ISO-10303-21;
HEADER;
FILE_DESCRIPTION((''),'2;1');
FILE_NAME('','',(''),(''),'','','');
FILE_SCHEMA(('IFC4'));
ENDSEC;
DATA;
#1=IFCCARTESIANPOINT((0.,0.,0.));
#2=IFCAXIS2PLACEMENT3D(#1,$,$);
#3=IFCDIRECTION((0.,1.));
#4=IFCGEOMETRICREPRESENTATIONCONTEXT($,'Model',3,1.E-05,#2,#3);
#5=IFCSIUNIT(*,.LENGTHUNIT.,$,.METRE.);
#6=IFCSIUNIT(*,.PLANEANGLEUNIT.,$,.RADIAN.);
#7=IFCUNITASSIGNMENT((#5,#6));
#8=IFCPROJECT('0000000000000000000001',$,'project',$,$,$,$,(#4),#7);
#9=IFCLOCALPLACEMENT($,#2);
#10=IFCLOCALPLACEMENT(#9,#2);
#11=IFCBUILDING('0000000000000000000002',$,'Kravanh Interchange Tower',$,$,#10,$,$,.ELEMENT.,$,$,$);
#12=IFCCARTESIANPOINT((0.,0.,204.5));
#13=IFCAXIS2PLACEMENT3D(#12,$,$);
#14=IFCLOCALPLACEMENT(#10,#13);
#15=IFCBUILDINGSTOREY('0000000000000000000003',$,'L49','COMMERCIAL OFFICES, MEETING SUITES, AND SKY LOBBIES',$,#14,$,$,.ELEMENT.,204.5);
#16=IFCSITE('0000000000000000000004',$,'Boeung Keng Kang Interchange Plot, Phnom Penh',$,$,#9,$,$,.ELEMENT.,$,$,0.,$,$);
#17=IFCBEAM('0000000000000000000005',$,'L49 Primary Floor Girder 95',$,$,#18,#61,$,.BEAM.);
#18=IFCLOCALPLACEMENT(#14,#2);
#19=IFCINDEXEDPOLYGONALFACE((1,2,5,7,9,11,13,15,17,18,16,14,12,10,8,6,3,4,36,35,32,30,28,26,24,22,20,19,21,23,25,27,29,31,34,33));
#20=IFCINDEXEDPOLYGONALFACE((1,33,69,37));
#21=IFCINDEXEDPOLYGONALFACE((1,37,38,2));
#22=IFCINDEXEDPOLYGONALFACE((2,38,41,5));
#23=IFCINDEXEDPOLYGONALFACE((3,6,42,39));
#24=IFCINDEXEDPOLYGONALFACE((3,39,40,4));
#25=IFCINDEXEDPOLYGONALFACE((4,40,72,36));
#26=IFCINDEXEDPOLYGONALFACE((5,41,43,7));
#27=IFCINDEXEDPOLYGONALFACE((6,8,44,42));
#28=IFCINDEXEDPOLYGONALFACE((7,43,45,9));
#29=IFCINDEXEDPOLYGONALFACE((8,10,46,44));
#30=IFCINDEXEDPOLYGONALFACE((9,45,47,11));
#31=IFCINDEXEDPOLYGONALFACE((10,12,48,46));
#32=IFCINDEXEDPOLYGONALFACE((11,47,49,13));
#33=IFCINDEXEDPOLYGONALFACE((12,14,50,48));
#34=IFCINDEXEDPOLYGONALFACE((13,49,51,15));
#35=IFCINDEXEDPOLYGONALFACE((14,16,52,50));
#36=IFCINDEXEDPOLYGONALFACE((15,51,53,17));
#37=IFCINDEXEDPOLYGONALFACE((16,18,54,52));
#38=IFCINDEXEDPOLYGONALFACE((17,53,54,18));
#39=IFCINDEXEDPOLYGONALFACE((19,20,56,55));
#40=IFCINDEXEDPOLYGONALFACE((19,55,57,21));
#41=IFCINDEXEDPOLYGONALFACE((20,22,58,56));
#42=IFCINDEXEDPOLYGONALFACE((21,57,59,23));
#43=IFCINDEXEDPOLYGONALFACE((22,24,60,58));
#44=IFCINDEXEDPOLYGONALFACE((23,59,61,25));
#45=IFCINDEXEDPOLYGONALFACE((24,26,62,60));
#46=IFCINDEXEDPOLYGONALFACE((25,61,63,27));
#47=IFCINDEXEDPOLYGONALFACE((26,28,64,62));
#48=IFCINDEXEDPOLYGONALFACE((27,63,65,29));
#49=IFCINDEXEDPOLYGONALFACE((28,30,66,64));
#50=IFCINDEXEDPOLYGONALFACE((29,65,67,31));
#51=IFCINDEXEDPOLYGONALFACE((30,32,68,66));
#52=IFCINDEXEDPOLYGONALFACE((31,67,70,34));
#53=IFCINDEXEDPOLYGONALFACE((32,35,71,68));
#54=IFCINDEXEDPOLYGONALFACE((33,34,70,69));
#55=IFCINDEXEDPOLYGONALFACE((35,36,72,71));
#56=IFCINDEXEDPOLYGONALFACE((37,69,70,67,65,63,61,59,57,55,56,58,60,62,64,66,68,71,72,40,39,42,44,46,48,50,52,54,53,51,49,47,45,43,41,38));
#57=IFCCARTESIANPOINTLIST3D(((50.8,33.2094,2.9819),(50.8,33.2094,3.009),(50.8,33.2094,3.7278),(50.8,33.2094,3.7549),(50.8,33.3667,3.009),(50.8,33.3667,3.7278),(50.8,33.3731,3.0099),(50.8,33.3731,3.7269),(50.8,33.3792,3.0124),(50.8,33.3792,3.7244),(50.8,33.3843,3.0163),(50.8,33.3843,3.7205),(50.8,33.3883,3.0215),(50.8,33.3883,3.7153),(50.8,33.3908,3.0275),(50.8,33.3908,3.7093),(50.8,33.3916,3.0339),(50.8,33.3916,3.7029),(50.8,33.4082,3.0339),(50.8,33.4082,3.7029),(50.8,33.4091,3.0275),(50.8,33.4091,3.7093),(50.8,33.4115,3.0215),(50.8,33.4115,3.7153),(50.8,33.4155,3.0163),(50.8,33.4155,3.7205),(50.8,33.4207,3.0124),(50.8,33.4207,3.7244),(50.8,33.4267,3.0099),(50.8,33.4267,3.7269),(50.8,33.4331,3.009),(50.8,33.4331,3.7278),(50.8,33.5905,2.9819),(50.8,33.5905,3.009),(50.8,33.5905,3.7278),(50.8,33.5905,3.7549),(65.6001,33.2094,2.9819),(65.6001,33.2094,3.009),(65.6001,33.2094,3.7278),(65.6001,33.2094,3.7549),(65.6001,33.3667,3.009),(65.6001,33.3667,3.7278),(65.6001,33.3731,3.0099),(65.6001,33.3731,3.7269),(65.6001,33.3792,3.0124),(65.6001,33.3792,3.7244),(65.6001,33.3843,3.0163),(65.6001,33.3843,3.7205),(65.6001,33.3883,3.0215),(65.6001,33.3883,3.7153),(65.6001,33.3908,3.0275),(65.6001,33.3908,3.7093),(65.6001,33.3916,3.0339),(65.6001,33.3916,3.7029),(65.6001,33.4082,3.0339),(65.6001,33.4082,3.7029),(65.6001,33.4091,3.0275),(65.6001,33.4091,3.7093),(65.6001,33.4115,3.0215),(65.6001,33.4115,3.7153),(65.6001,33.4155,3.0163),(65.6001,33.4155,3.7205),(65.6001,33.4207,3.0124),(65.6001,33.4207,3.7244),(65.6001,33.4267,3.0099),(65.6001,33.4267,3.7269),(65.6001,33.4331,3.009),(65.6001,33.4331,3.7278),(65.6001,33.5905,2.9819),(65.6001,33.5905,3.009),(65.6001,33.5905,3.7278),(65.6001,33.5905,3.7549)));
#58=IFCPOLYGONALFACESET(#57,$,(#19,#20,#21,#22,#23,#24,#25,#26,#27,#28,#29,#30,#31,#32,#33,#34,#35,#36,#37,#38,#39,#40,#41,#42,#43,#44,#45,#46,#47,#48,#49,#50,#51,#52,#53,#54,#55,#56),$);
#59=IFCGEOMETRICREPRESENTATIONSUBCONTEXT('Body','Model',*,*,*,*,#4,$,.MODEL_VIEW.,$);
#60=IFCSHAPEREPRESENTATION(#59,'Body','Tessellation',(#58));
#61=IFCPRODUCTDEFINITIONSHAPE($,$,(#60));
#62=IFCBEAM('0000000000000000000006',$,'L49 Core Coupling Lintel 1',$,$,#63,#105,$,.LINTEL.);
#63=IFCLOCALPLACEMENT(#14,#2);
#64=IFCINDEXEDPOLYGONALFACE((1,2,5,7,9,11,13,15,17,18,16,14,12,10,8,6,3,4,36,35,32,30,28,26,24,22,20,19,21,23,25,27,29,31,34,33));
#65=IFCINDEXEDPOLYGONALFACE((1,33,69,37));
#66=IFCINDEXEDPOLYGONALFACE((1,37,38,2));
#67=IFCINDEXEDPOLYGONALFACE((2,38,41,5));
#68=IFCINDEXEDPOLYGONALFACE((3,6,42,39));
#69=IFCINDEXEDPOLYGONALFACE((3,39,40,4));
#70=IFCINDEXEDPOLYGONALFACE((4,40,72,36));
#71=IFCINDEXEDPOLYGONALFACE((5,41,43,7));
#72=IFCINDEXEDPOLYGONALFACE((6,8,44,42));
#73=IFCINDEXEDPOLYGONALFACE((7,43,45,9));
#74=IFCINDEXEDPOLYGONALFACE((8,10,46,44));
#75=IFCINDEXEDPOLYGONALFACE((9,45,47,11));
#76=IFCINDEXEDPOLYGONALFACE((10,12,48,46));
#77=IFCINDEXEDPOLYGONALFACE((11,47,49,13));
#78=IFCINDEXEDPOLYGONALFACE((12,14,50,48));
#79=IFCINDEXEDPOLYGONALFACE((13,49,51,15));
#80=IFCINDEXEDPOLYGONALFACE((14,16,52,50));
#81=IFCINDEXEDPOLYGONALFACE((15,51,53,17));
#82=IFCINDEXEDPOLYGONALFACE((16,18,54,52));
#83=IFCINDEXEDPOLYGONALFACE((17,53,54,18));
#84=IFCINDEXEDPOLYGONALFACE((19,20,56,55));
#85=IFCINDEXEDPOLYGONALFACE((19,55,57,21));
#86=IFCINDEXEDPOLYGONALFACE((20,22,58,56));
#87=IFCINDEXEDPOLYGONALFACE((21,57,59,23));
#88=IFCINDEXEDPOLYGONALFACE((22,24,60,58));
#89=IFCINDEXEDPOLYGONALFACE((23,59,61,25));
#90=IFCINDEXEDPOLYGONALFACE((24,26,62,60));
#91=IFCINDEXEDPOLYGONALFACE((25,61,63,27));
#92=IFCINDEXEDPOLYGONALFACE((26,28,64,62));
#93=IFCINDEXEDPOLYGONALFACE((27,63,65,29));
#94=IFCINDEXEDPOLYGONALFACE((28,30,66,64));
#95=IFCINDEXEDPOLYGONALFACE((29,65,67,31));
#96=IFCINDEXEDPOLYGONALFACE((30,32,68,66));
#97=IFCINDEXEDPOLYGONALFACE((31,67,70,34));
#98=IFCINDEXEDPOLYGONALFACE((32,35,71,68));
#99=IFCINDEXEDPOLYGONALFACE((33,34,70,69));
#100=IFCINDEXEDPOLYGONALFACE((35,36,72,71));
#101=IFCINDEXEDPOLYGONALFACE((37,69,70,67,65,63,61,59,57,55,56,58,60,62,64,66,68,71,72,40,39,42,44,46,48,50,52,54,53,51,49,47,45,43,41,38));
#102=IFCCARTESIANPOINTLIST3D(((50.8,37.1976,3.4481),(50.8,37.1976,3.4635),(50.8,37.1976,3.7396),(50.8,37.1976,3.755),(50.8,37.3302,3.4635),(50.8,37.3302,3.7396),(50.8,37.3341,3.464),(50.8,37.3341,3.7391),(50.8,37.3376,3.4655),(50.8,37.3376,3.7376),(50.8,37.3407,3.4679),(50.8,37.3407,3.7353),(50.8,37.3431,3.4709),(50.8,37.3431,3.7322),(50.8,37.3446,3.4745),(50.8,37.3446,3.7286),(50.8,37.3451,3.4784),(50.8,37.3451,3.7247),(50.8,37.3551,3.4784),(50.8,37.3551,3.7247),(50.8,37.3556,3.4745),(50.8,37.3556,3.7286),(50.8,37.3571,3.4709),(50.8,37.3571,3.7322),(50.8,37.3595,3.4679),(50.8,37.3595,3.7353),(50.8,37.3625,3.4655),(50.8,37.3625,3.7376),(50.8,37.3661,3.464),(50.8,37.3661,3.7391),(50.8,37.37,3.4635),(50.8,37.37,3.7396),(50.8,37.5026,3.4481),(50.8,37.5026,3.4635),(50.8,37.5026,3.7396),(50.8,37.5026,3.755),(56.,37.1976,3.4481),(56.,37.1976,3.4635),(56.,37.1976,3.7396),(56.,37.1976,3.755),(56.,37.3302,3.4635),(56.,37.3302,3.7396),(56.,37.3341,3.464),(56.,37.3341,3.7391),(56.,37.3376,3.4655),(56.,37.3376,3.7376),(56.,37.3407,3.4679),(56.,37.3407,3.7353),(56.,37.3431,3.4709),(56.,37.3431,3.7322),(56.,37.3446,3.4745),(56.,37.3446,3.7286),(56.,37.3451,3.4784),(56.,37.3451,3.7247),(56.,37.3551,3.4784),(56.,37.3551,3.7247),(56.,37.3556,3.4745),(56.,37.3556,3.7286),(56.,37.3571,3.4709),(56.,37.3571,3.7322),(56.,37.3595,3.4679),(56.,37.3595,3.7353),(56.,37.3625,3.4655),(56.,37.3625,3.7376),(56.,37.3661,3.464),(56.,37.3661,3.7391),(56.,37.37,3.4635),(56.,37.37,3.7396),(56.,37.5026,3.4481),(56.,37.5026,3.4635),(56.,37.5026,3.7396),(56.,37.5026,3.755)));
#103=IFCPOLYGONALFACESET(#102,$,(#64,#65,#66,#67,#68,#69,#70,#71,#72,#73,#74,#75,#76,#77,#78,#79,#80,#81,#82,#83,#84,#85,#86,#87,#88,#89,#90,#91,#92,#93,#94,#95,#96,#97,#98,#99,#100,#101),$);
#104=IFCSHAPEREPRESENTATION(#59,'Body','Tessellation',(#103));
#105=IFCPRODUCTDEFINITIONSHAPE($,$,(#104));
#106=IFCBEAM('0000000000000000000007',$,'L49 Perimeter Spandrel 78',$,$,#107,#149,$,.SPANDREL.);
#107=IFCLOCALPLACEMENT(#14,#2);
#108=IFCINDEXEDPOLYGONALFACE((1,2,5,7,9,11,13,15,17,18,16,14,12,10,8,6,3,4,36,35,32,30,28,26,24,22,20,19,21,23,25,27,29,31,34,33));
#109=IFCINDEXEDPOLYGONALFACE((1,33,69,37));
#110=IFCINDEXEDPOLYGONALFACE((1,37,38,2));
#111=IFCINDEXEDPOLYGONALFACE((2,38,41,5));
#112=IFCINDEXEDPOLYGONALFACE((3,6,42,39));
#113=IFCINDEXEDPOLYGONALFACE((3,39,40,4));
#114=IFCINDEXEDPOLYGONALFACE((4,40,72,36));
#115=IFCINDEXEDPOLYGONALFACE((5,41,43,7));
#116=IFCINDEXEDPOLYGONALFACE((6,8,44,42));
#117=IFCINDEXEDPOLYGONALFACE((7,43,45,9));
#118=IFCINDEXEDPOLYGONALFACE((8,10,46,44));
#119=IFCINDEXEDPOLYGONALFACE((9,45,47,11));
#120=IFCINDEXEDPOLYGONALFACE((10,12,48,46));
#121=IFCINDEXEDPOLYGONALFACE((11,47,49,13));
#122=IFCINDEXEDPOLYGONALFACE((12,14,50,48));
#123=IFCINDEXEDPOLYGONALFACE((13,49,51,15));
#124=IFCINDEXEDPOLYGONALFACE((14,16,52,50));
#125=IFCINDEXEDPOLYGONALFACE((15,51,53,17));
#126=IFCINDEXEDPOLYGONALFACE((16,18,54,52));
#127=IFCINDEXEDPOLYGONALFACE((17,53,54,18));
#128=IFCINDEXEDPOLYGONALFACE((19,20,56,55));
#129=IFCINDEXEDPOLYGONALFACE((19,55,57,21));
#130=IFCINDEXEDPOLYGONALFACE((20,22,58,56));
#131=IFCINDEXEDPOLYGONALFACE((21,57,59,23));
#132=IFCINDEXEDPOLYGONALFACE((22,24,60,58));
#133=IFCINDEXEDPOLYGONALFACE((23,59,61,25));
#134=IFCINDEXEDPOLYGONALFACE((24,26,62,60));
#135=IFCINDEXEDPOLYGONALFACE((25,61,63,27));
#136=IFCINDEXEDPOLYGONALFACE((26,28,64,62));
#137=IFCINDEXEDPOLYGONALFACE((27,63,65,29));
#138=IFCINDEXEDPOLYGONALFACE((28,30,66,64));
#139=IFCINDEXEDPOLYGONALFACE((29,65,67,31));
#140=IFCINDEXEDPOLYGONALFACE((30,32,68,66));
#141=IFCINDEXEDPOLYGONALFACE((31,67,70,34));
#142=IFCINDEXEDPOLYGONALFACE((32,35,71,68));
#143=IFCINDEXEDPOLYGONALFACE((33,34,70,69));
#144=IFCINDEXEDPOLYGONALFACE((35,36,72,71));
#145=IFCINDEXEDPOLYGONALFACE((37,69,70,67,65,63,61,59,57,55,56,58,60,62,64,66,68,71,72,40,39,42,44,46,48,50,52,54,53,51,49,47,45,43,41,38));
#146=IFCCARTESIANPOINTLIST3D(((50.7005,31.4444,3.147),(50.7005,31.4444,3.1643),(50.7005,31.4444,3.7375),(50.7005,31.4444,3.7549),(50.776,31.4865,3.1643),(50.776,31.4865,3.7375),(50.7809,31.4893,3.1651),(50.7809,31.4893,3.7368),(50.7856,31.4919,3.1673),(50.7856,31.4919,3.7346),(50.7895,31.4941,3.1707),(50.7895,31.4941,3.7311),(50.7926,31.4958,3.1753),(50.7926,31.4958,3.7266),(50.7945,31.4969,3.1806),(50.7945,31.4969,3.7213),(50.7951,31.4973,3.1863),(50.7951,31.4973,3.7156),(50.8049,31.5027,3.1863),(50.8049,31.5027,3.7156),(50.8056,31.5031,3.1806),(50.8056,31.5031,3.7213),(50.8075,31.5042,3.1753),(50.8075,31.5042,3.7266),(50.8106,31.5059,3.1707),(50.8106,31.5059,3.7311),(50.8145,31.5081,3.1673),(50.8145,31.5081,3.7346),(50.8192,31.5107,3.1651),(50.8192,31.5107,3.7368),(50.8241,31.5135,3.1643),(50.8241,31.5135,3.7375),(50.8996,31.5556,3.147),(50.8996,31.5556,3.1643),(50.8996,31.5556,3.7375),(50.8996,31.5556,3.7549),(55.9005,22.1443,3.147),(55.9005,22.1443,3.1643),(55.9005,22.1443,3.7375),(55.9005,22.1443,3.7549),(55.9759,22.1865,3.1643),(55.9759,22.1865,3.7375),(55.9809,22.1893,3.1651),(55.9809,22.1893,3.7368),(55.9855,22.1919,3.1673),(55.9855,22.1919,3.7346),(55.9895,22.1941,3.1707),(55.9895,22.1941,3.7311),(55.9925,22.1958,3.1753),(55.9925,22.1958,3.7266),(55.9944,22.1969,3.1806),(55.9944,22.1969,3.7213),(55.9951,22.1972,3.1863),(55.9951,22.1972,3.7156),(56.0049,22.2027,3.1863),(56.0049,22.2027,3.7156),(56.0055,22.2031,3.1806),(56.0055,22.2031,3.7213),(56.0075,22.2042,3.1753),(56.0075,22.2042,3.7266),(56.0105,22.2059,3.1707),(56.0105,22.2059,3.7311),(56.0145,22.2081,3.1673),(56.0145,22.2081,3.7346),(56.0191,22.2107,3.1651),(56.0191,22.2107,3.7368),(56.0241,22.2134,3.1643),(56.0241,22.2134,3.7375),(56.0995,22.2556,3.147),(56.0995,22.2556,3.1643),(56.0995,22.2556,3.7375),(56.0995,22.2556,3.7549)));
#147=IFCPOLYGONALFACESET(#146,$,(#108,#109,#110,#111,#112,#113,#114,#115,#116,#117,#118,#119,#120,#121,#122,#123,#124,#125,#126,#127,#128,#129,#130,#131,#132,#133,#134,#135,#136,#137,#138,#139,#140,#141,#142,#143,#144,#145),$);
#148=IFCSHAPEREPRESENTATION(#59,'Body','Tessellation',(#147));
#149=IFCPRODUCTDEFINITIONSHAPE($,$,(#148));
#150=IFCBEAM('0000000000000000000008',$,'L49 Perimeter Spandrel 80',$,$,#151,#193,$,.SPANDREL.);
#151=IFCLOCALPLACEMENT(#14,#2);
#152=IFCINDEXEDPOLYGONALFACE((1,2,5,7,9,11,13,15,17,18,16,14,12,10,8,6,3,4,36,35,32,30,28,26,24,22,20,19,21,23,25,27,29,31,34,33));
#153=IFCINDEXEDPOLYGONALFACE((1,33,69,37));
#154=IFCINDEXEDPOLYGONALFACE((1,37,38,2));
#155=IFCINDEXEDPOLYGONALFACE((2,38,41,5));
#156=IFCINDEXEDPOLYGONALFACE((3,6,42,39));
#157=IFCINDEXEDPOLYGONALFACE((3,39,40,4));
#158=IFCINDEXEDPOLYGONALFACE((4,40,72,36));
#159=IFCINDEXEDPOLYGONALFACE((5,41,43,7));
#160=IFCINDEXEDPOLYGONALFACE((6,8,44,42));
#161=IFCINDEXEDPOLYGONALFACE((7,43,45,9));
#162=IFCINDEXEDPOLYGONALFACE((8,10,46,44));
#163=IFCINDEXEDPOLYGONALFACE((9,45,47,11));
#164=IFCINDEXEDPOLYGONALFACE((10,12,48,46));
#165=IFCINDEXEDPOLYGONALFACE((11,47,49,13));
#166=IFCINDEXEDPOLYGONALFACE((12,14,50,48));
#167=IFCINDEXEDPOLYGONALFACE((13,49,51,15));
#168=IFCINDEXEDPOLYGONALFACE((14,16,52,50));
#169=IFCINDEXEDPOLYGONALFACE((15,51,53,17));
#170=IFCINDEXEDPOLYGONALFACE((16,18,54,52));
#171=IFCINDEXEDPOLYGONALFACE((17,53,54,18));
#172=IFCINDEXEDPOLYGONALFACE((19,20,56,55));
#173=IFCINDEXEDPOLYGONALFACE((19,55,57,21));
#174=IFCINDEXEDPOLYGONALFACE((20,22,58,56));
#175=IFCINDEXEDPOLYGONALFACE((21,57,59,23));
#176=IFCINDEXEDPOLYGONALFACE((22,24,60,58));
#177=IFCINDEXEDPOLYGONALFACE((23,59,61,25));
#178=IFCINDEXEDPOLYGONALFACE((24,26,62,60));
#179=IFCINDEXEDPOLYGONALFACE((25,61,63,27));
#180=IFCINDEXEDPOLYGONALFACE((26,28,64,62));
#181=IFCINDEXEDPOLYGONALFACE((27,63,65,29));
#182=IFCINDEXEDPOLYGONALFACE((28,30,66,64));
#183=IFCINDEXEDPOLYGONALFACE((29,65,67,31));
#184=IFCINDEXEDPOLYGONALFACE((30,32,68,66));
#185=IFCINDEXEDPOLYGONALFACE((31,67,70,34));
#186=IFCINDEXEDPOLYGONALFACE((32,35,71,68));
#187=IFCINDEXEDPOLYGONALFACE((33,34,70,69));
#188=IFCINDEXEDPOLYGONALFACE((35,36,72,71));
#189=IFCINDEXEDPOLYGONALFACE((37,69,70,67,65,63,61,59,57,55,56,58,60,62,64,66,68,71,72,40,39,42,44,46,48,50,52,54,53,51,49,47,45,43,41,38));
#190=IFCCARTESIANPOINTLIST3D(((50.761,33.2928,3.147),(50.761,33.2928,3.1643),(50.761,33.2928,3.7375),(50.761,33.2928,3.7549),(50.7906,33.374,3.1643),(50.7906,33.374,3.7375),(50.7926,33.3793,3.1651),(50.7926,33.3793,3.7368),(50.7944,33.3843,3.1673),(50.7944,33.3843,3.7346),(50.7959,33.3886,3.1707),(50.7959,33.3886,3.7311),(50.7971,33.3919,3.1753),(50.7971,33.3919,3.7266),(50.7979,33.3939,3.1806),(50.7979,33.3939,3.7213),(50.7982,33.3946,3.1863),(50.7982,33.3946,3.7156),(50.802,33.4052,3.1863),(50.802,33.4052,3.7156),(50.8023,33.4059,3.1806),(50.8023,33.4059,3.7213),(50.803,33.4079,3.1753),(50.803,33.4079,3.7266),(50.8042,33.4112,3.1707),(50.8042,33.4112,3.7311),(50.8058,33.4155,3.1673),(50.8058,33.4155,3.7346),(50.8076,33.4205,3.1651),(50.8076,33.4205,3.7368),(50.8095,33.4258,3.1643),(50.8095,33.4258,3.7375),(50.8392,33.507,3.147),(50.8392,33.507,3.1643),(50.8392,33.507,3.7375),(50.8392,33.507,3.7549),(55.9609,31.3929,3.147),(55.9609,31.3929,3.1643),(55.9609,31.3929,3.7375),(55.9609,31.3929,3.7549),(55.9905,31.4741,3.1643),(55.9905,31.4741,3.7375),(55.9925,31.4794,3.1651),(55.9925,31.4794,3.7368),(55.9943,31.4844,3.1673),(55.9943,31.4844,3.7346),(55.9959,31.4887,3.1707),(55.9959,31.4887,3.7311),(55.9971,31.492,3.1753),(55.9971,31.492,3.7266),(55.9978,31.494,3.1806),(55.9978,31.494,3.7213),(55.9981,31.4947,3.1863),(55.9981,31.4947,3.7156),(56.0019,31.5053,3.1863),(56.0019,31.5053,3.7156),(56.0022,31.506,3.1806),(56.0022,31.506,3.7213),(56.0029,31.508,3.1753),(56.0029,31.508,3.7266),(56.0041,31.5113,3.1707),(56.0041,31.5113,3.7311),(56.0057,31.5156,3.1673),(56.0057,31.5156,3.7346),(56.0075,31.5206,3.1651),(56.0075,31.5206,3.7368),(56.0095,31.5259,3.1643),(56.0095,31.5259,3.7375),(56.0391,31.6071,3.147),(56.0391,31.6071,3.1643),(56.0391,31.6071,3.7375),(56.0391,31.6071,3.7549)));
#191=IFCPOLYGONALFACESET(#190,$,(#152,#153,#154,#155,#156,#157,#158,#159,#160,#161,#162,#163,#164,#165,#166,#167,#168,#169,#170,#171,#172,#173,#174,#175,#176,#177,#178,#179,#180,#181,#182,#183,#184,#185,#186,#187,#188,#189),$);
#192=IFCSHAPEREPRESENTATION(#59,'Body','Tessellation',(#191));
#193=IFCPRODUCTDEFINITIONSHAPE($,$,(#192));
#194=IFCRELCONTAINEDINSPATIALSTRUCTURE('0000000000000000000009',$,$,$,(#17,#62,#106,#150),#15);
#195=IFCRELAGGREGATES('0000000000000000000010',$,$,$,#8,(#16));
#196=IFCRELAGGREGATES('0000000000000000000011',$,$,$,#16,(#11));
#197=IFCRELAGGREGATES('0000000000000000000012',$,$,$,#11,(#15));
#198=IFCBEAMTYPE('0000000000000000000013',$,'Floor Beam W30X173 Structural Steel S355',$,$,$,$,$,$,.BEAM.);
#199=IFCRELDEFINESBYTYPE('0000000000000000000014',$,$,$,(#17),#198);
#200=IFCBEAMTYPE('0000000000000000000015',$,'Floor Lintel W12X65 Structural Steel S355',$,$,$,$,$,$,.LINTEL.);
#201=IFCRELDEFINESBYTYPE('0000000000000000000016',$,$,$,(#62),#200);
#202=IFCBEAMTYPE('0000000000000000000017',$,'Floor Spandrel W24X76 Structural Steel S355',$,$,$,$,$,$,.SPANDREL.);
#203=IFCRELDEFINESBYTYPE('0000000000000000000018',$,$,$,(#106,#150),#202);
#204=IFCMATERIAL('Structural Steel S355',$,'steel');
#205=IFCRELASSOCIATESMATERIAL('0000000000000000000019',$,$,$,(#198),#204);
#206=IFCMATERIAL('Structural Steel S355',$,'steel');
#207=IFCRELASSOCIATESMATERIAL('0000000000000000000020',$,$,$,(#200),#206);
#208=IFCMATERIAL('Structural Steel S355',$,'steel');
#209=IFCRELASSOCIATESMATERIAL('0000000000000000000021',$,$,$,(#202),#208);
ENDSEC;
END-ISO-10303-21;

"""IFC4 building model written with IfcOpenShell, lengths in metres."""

from ifc_helpers import new_model, si_unit, direction, frame, origin, origin_2d, place, context, subcontext, project, spatial, i_section, extrude, material, material_profile, profile_set, type_object, element, save


model = new_model("IFC4")

# Units and contexts
model_context = context("Model", 3, precision=1e-05, world=origin(), true_north=direction((0.0, 1.0)))
body_context = subcontext(model_context, "Body", "Model", "MODEL_VIEW")
ifc_project = project(units=[si_unit("LENGTHUNIT", "METRE"), si_unit("PLANEANGLEUNIT", "RADIAN")], contexts=[model_context])

# Site, building, storey
site_placement = place(None, origin())
site = spatial("IfcSite", under=ifc_project, at=site_placement, Name="Boeung Keng Kang Interchange Plot, Phnom Penh", CompositionType="ELEMENT", RefElevation=0.0)
building_placement = place(site_placement, origin())
building = spatial("IfcBuilding", under=site, at=building_placement, Name="Kravanh Interchange Tower", CompositionType="ELEMENT")
storey_placement = place(building_placement, frame((0.0, 0.0, 204.5)))
storey = spatial("IfcBuildingStorey", under=building, at=storey_placement, Name="L49", Description="COMMERCIAL OFFICES, MEETING SUITES, AND SKY LOBBIES", CompositionType="ELEMENT", Elevation=204.5)

# Beams
ifc_material_1 = material(Name="Structural Steel S355", Category="steel")
ifc_material_profile_1 = material_profile(ifc_material_1, i_section(OverallWidth=0.3811, OverallDepth=0.7729, WebThickness=0.0166, FlangeThickness=0.0271, FilletRadius=0.0249, at=origin_2d()), Name="W30X173")
ifc_profile_set_1 = profile_set([ifc_material_profile_1], Name="Structural Steel S355")
beam_type_1 = type_object("IfcBeamType", Name="Floor Beam W30X173 Structural Steel S355", PredefinedType="BEAM", material=ifc_profile_set_1)
beam_1_placement = place(storey_placement, frame((50.8, 33.3999, 3.3684), z_axis=(1.0, 0.0, 0.0), x_axis=(0.0, 1.0, 0.0)))
element("IfcBeam", 1, at=beam_1_placement, inside=storey, type_object=beam_type_1, Name="L49 Primary Floor Girder 95", PredefinedType="BEAM", context=body_context, shape_type="SweptSolid", body=[
    extrude(i_section(OverallWidth=0.3811, OverallDepth=0.7729, WebThickness=0.0166, FlangeThickness=0.0271, FilletRadius=0.0249, at=origin_2d()), origin(), (0.0, 0.0, 1.0), 14.8),
])
ifc_material_2 = material(Name="Structural Steel S355", Category="steel")
ifc_material_profile_2 = material_profile(ifc_material_2, i_section(OverallWidth=0.3049, OverallDepth=0.3069, WebThickness=0.01, FlangeThickness=0.0154, FilletRadius=0.0149, at=origin_2d()), Name="W12X65")
ifc_profile_set_2 = profile_set([ifc_material_profile_2], Name="Structural Steel S355")
beam_type_2 = type_object("IfcBeamType", Name="Floor Lintel W12X65 Structural Steel S355", PredefinedType="LINTEL", material=ifc_profile_set_2)
beam_2_placement = place(storey_placement, frame((50.8, 37.3501, 3.6016), z_axis=(1.0, 0.0, 0.0), x_axis=(0.0, 1.0, 0.0)))
element("IfcBeam", 2, at=beam_2_placement, inside=storey, type_object=beam_type_2, Name="L49 Core Coupling Lintel 1", PredefinedType="LINTEL", context=body_context, shape_type="SweptSolid", body=[
    extrude(i_section(OverallWidth=0.3049, OverallDepth=0.3069, WebThickness=0.01, FlangeThickness=0.0154, FilletRadius=0.0149, at=origin_2d()), origin(), (0.0, 0.0, 1.0), 5.2),
])
ifc_material_3 = material(Name="Structural Steel S355", Category="steel")
ifc_material_profile_3 = material_profile(ifc_material_3, i_section(OverallWidth=0.228, OverallDepth=0.6079, WebThickness=0.0112, FlangeThickness=0.0173, FilletRadius=0.022, at=origin_2d()), Name="W24X76")
ifc_profile_set_3 = profile_set([ifc_material_profile_3], Name="Structural Steel S355")
beam_type_3 = type_object("IfcBeamType", Name="Floor Spandrel W24X76 Structural Steel S355", PredefinedType="SPANDREL", material=ifc_profile_set_3)
beam_3_placement = place(storey_placement, frame((50.8, 31.5, 3.4509), z_axis=(0.488026, -0.872829, 0.0), x_axis=(0.872829, 0.488026, 0.0)))
element("IfcBeam", 3, at=beam_3_placement, inside=storey, type_object=beam_type_3, Name="L49 Perimeter Spandrel 78", PredefinedType="SPANDREL", context=body_context, shape_type="SweptSolid", body=[
    extrude(i_section(OverallWidth=0.228, OverallDepth=0.6079, WebThickness=0.0112, FlangeThickness=0.0173, FilletRadius=0.022, at=origin_2d()), origin(), (0.0, 0.0, 1.0), 10.655),
])
beam_4_placement = place(storey_placement, frame((56.0, 31.5, 3.4509), z_axis=(-0.93927, 0.34318, 0.0), x_axis=(-0.34318, -0.93927, 0.0)))
element("IfcBeam", 4, at=beam_4_placement, inside=storey, type_object=beam_type_3, Name="L49 Perimeter Spandrel 80", PredefinedType="SPANDREL", context=body_context, shape_type="SweptSolid", body=[
    extrude(i_section(OverallWidth=0.228, OverallDepth=0.6079, WebThickness=0.0112, FlangeThickness=0.0173, FilletRadius=0.022, at=origin_2d()), origin(), (0.0, 0.0, 1.0), 5.5361),
])

save(model, "model.ifc")
